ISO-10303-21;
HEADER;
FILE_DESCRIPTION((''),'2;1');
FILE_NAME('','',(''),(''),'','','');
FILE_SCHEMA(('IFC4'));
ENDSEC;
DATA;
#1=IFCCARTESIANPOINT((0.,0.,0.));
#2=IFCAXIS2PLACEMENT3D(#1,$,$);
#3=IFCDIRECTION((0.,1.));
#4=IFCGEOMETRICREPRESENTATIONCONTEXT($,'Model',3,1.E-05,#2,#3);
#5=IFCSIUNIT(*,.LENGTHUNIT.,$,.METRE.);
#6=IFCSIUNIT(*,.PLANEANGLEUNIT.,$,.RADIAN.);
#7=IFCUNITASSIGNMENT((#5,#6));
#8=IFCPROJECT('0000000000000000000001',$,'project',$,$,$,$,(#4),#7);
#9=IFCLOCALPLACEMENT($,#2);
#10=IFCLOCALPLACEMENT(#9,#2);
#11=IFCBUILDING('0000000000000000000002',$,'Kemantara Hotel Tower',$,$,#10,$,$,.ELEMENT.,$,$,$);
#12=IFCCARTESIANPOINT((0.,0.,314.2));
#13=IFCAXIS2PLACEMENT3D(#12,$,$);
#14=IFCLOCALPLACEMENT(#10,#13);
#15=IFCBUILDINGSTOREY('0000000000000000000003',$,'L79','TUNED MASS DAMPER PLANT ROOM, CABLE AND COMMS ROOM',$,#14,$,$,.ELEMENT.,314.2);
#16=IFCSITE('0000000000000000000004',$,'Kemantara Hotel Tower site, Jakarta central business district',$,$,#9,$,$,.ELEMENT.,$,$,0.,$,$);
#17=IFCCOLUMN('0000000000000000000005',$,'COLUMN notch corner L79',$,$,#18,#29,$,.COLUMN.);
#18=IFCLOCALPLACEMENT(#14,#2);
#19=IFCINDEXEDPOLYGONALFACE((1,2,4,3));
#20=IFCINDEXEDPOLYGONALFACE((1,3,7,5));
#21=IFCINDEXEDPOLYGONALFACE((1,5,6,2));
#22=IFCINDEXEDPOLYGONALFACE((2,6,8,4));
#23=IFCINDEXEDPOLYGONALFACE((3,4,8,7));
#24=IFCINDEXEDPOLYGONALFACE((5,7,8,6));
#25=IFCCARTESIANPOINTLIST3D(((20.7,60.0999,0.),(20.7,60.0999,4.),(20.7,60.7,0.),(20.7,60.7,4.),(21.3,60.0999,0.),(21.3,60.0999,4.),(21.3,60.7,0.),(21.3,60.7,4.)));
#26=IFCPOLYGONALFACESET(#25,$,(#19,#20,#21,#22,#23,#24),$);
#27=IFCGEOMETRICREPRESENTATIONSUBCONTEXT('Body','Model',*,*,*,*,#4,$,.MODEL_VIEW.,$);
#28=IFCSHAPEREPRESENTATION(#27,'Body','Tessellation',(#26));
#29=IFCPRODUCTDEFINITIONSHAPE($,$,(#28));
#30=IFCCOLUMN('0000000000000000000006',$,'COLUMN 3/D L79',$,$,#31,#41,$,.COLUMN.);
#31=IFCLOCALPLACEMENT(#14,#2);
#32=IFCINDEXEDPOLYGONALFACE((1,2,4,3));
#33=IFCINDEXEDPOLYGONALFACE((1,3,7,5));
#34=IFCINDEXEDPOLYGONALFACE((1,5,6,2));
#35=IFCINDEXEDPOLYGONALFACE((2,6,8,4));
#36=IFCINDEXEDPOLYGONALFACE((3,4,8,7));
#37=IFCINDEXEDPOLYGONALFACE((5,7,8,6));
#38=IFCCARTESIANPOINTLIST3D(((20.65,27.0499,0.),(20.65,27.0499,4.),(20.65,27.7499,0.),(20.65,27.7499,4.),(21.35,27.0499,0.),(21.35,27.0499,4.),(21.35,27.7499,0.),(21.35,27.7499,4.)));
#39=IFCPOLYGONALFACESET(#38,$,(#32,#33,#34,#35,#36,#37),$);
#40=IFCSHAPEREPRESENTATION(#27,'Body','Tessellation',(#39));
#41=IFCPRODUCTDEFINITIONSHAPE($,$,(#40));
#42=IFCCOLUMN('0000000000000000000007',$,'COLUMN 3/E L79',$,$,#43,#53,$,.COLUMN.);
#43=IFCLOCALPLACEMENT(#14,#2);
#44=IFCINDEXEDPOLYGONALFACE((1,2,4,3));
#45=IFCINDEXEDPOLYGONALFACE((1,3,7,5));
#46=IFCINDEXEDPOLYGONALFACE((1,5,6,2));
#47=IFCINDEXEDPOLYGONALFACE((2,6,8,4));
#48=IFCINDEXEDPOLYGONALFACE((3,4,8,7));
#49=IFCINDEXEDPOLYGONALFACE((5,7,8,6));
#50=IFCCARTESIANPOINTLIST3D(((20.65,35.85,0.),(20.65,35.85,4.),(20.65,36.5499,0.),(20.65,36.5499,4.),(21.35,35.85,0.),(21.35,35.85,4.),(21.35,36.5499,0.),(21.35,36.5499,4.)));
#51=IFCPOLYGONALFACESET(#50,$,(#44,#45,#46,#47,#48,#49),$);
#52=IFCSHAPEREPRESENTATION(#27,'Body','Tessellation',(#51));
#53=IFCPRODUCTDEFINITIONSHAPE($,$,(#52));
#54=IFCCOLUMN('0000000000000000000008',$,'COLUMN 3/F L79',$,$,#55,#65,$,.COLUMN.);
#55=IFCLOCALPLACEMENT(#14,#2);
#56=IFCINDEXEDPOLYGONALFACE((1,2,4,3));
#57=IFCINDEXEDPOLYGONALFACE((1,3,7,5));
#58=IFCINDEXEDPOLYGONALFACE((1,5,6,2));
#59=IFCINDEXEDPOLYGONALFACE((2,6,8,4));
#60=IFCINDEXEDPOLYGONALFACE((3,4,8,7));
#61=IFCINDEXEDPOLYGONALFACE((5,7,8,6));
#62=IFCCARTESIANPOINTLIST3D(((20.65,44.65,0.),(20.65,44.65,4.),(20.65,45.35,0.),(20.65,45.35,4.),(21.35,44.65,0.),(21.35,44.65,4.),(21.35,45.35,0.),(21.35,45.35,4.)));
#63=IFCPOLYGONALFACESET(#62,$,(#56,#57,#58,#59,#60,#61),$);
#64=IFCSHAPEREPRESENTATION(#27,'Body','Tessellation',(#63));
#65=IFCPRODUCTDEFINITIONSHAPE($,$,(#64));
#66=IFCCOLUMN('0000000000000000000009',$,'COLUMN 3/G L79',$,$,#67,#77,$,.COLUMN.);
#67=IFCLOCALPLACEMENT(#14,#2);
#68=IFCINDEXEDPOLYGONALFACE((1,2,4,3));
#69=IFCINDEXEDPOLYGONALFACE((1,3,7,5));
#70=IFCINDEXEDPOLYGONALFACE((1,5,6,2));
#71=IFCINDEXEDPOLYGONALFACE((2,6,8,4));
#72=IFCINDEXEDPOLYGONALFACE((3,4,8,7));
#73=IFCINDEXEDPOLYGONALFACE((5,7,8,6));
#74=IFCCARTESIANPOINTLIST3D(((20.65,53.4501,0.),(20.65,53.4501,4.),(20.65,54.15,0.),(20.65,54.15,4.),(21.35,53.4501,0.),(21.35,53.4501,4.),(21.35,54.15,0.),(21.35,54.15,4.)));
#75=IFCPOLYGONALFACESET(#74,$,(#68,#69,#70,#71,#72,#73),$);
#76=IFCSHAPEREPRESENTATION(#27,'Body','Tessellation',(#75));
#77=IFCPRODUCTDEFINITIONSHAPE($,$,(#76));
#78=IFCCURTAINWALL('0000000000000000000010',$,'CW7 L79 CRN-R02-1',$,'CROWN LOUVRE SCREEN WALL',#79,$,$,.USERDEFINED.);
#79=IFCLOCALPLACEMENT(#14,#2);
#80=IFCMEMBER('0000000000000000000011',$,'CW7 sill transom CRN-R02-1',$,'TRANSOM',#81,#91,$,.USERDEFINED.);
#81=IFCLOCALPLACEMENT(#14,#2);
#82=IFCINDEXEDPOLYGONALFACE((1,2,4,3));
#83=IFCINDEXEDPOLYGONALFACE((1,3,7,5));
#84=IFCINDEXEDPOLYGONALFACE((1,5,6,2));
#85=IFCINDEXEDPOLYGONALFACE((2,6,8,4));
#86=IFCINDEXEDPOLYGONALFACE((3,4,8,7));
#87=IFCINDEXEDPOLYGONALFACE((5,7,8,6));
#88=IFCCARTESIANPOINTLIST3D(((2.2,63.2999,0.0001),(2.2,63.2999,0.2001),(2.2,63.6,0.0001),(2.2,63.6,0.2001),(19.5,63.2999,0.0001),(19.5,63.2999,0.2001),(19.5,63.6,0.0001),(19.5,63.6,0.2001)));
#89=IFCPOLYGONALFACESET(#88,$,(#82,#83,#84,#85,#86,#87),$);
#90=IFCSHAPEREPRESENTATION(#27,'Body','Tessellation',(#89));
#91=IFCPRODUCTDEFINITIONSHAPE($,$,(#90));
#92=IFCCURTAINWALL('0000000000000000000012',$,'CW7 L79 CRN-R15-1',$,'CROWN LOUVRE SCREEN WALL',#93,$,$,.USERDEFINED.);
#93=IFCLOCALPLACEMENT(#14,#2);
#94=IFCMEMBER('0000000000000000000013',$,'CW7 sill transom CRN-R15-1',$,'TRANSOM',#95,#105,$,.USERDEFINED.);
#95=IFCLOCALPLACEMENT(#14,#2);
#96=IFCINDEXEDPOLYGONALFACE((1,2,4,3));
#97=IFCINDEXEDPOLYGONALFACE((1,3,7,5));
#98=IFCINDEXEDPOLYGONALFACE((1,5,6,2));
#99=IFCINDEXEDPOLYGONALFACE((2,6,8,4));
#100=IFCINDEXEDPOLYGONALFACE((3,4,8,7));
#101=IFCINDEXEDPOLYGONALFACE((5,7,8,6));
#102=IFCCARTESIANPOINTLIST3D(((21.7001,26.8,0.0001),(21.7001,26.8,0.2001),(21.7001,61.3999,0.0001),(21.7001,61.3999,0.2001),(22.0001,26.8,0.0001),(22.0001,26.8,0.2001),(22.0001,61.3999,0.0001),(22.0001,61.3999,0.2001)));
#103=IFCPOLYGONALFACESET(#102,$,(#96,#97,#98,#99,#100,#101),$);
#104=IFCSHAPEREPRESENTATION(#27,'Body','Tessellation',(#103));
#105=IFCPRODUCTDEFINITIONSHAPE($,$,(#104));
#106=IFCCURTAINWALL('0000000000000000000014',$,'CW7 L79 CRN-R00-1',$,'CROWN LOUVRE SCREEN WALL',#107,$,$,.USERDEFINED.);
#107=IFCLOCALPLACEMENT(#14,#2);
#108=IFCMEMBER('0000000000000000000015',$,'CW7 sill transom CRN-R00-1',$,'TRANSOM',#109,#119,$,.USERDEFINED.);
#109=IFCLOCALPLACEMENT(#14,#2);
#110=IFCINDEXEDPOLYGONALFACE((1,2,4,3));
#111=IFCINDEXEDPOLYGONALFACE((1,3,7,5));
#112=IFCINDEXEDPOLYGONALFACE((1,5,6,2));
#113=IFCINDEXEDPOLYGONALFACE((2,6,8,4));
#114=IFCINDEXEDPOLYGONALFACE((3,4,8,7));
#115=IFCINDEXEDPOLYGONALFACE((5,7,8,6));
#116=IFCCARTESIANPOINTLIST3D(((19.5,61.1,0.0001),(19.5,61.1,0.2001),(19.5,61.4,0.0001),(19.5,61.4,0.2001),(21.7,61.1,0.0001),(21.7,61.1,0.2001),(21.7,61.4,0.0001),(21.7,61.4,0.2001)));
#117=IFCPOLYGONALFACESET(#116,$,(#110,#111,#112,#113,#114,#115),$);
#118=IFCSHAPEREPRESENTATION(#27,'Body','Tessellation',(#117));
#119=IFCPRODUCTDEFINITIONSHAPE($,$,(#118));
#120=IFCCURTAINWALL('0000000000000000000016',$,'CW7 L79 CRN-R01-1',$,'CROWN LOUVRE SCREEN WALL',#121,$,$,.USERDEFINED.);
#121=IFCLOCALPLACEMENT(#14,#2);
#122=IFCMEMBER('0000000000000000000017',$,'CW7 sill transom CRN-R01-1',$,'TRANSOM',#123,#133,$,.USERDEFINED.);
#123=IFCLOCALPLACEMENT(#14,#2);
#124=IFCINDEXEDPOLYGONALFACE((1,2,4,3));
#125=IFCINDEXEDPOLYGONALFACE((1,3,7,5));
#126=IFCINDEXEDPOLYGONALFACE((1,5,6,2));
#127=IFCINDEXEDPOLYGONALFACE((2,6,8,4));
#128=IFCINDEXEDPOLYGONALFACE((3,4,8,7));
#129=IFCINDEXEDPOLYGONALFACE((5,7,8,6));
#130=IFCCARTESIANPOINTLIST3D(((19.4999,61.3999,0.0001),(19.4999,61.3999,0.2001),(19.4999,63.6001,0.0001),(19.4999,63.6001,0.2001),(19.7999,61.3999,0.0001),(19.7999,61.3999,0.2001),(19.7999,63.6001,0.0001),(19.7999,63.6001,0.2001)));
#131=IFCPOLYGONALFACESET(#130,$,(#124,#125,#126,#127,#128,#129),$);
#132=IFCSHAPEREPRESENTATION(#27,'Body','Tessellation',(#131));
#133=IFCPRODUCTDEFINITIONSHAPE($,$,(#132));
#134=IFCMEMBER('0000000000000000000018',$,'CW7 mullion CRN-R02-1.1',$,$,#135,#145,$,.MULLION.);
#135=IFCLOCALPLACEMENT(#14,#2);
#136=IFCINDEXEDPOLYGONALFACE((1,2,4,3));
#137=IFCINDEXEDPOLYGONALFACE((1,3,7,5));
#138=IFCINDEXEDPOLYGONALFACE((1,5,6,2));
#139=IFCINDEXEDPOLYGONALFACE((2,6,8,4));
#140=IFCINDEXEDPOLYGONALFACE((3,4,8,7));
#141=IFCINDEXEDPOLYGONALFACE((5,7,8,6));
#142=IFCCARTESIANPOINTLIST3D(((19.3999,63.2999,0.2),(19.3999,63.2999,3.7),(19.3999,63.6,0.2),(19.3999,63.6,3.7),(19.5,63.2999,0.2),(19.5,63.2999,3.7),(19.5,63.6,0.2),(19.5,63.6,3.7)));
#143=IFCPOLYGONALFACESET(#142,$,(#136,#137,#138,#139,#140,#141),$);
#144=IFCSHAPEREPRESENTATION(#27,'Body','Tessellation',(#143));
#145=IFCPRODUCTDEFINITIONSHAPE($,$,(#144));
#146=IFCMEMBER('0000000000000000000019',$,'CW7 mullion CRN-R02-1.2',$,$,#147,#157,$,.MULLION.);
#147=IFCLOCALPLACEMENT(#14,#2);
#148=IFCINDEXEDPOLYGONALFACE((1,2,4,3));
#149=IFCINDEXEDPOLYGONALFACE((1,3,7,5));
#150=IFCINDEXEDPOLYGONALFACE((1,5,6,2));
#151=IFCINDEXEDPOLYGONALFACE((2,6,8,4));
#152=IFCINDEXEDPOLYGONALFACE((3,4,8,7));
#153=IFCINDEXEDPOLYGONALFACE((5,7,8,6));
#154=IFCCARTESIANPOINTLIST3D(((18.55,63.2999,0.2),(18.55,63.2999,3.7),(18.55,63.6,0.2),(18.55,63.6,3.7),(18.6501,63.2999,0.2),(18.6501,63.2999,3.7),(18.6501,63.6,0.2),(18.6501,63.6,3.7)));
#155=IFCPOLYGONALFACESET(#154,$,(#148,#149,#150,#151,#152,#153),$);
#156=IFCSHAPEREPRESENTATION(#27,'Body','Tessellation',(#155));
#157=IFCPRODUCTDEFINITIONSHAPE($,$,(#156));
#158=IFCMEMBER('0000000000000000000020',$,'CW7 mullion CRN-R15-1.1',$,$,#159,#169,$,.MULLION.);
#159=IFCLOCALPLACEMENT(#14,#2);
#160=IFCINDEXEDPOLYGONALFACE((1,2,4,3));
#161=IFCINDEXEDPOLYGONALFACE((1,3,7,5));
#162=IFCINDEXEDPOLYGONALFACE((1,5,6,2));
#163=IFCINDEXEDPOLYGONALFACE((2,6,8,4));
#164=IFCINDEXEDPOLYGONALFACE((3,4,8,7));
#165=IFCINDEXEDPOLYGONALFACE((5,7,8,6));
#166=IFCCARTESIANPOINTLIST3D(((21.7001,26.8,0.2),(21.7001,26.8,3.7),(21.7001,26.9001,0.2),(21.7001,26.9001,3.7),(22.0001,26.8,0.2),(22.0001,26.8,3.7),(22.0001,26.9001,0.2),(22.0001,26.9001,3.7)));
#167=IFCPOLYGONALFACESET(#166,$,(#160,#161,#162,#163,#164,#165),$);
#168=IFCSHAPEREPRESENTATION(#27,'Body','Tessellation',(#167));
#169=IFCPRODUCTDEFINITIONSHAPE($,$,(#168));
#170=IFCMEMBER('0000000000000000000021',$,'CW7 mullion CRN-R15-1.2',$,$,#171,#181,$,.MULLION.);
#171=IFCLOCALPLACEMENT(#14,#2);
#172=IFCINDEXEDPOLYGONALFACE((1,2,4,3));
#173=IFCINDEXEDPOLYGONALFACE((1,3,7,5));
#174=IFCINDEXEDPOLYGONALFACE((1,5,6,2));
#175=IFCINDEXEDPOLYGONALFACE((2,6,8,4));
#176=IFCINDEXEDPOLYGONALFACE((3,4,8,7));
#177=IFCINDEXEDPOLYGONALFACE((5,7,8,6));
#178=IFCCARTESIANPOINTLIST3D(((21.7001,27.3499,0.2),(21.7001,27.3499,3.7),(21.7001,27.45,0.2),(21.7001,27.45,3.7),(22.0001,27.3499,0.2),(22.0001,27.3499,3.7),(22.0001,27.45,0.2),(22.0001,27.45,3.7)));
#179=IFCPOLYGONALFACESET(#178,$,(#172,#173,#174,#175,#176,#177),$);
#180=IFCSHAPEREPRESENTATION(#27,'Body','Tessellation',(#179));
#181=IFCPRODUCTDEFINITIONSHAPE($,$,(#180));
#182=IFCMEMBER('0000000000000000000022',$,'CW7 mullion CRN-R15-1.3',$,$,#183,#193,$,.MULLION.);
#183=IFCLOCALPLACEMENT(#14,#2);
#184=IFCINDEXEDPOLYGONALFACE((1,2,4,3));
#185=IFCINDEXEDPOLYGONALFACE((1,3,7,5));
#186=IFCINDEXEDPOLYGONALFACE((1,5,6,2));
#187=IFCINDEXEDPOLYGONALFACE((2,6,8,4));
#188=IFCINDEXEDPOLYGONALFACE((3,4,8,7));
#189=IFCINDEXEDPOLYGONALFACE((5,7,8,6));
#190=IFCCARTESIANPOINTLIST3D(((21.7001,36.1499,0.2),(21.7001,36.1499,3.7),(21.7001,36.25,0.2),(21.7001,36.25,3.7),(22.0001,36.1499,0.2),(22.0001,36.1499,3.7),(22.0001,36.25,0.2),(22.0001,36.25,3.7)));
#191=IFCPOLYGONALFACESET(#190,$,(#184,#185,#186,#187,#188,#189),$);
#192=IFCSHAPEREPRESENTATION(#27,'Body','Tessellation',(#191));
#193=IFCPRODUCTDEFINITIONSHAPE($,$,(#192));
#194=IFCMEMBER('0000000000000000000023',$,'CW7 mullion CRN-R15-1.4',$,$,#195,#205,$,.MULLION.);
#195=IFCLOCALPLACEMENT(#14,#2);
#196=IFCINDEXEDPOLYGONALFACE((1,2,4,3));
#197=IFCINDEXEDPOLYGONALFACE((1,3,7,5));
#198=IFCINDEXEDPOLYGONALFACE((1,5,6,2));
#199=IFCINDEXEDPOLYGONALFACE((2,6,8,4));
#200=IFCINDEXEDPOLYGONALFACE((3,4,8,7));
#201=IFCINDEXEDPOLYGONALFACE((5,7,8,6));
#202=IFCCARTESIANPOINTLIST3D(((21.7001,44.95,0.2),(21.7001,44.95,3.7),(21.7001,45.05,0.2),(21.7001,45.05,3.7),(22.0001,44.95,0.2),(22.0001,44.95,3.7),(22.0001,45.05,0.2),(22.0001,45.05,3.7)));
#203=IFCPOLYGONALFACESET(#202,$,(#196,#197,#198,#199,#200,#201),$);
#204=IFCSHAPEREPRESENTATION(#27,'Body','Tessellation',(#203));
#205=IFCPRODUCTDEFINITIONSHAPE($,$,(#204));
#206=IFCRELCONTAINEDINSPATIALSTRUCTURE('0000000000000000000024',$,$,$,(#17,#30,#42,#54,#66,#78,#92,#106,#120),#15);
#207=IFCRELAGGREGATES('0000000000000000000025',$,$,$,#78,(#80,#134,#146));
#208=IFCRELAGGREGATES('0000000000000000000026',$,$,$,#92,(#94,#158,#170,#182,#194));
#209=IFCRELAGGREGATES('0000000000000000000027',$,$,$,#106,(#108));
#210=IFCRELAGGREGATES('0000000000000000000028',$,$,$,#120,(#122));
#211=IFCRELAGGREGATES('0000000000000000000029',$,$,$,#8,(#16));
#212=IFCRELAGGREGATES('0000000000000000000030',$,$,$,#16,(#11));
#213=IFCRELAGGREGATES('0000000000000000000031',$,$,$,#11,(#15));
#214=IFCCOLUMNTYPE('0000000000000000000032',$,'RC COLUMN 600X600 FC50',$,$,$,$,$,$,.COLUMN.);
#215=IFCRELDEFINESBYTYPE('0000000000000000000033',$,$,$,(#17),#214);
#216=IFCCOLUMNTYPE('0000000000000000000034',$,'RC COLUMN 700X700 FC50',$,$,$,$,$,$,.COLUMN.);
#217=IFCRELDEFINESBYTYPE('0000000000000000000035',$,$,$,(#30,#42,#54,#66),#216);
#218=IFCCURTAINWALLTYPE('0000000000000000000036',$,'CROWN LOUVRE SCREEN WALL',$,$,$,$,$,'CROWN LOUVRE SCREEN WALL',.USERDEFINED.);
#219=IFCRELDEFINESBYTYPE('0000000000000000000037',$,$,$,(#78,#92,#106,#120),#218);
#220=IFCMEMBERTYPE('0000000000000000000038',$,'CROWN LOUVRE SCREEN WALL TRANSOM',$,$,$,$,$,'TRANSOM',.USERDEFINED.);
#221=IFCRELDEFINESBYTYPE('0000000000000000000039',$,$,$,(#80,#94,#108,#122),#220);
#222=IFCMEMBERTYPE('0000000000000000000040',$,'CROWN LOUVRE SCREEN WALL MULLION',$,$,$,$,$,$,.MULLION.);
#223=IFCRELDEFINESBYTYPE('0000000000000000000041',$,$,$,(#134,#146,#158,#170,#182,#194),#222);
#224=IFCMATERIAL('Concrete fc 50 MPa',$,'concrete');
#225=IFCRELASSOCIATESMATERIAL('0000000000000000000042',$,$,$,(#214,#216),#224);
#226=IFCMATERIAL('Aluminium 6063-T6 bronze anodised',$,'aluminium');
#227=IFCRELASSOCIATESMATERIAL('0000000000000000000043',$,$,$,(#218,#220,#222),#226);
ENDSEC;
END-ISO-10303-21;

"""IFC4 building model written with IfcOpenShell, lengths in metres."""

from ifc_helpers import new_model, si_unit, direction, frame, origin, origin_2d, place, context, subcontext, project, spatial, rectangle, extrude, source, transform, mapped, material, material_profile, profile_set, type_object, element, aggregate, save


model = new_model("IFC4")

# Units and contexts
model_context = context("Model", 3, precision=1e-05, world=origin(), true_north=direction((0.0, 1.0)))
body_context = subcontext(model_context, "Body", "Model", "MODEL_VIEW")
ifc_project = project(units=[si_unit("LENGTHUNIT", "METRE"), si_unit("PLANEANGLEUNIT", "RADIAN")], contexts=[model_context])

# Site, building, storey
site_placement = place(None, origin())
site = spatial("IfcSite", under=ifc_project, at=site_placement, Name="Kemantara Hotel Tower site, Jakarta central business district", CompositionType="ELEMENT", RefElevation=0.0)
building_placement = place(site_placement, origin())
building = spatial("IfcBuilding", under=site, at=building_placement, Name="Kemantara Hotel Tower", CompositionType="ELEMENT")
storey_placement = place(building_placement, frame((0.0, 0.0, 314.2)))
storey = spatial("IfcBuildingStorey", under=building, at=storey_placement, Name="L79", Description="TUNED MASS DAMPER PLANT ROOM, CABLE AND COMMS ROOM", CompositionType="ELEMENT", Elevation=314.2)

# Columns
ifc_material_1 = material(Name="Concrete fc 50 MPa", Category="concrete")
ifc_material_profile_1 = material_profile(ifc_material_1, rectangle(XDim=0.6001, YDim=0.6001, at=origin_2d()), Name="RC 600X600")
ifc_profile_set_1 = profile_set([ifc_material_profile_1], Name="Concrete fc 50 MPa")
column_type_1 = type_object("IfcColumnType", Name="RC COLUMN 600X600 FC50", PredefinedType="COLUMN", material=ifc_profile_set_1)
column_placement = place(storey_placement, frame((21.0, 60.3999, 0.0), z_axis=(0.0, 0.0, 1.0), x_axis=(1.0, 0.0, 0.0)))
element("IfcColumn", 1, at=column_placement, inside=storey, type_object=column_type_1, Name="COLUMN notch corner L79", PredefinedType="COLUMN", context=body_context, shape_type="SweptSolid", body=[
    extrude(rectangle(XDim=0.6001, YDim=0.6001, at=origin_2d()), origin(), (0.0, 0.0, 1.0), 4.0),
])
ifc_material_profile_2 = material_profile(ifc_material_1, rectangle(XDim=0.7, YDim=0.7, at=origin_2d()), Name="RC 700X700")
ifc_profile_set_2 = profile_set([ifc_material_profile_2], Name="Concrete fc 50 MPa")
column_type_2 = type_object("IfcColumnType", Name="RC COLUMN 700X700 FC50", PredefinedType="COLUMN", material=ifc_profile_set_2)
for number, where, z_axis, x_axis, name in (
    (2, (21.0, 27.3999, 0.0), (0.0, 0.0, 1.0), (1.0, 0.0, 0.0), "COLUMN 3/D L79"),
    (3, (21.0, 36.2, 0.0), (0.0, 0.0, 1.0), (1.0, 0.0, 0.0), "COLUMN 3/E L79"),
    (4, (21.0, 45.0, 0.0), (0.0, 0.0, 1.0), (1.0, 0.0, 0.0), "COLUMN 3/F L79"),
    (5, (21.0, 53.8, 0.0), (0.0, 0.0, 1.0), (1.0, 0.0, 0.0), "COLUMN 3/G L79"),
):
    element("IfcColumn", number, at=place(storey_placement, frame(where, z_axis=z_axis, x_axis=x_axis)), inside=storey, type_object=column_type_2, Name=name, PredefinedType="COLUMN", context=body_context, shape_type="SweptSolid", body=[
        extrude(rectangle(XDim=0.7, YDim=0.7, at=origin_2d()), origin(), (0.0, 0.0, 1.0), 4.0),
    ])

# Curtain walls, members
ifc_material_2 = material(Name="Aluminium 6063-T6 bronze anodised", Category="aluminium")
curtain_wall_type = type_object("IfcCurtainWallType", Name="CROWN LOUVRE SCREEN WALL", ElementType="CROWN LOUVRE SCREEN WALL", PredefinedType="USERDEFINED", material=ifc_material_2)
curtain_wall_1_placement = place(storey_placement, origin())
curtain_wall_1 = element("IfcCurtainWall", 6, at=curtain_wall_1_placement, inside=storey, type_object=curtain_wall_type, Name="CW7 L79 CRN-R02-1", ObjectType="CROWN LOUVRE SCREEN WALL", PredefinedType="USERDEFINED")
ifc_material_profile_3 = material_profile(ifc_material_2, rectangle(XDim=0.3, YDim=0.2, at=origin_2d()), Name="CROWN LOUVRE SCREEN WALL TRANSOM")
ifc_profile_set_3 = profile_set([ifc_material_profile_3], Name="Aluminium 6063-T6 bronze anodised")
member_type_1 = type_object("IfcMemberType", Name="CROWN LOUVRE SCREEN WALL TRANSOM", ElementType="TRANSOM", PredefinedType="USERDEFINED", material=ifc_profile_set_3)
member_1_placement = place(storey_placement, frame((19.5, 63.45, 0.1001), z_axis=(-1.0, 0.0, 0.0), x_axis=(0.0, -1.0, 0.0)))
member_1 = element("IfcMember", 7, at=member_1_placement, type_object=member_type_1, Name="CW7 sill transom CRN-R02-1", ObjectType="TRANSOM", PredefinedType="USERDEFINED", context=body_context, shape_type="SweptSolid", body=[
    extrude(rectangle(XDim=0.3, YDim=0.2, at=origin_2d()), origin(), (0.0, 0.0, 1.0), 17.3),
])
curtain_wall_2_placement = place(storey_placement, origin())
curtain_wall_2 = element("IfcCurtainWall", 8, at=curtain_wall_2_placement, inside=storey, type_object=curtain_wall_type, Name="CW7 L79 CRN-R15-1", ObjectType="CROWN LOUVRE SCREEN WALL", PredefinedType="USERDEFINED")
member_2_placement = place(storey_placement, frame((21.8501, 26.8, 0.1001), z_axis=(0.0, 1.0, 0.0), x_axis=(-1.0, 0.0, 0.0)))
member_2 = element("IfcMember", 9, at=member_2_placement, type_object=member_type_1, Name="CW7 sill transom CRN-R15-1", ObjectType="TRANSOM", PredefinedType="USERDEFINED", context=body_context, shape_type="SweptSolid", body=[
    extrude(rectangle(XDim=0.3, YDim=0.2, at=origin_2d()), origin(), (0.0, 0.0, 1.0), 34.5999),
])
curtain_wall_3_placement = place(storey_placement, origin())
curtain_wall_3 = element("IfcCurtainWall", 10, at=curtain_wall_3_placement, inside=storey, type_object=curtain_wall_type, Name="CW7 L79 CRN-R00-1", ObjectType="CROWN LOUVRE SCREEN WALL", PredefinedType="USERDEFINED")
member_3_placement = place(storey_placement, frame((21.7, 61.25, 0.1001), z_axis=(-1.0, 0.0, 0.0), x_axis=(0.0, -1.0, 0.0)))
member_3 = element("IfcMember", 11, at=member_3_placement, type_object=member_type_1, Name="CW7 sill transom CRN-R00-1", ObjectType="TRANSOM", PredefinedType="USERDEFINED", context=body_context, shape_type="SweptSolid", body=[
    extrude(rectangle(XDim=0.3, YDim=0.2, at=origin_2d()), origin(), (0.0, 0.0, 1.0), 2.2),
])
curtain_wall_4_placement = place(storey_placement, origin())
curtain_wall_4 = element("IfcCurtainWall", 12, at=curtain_wall_4_placement, inside=storey, type_object=curtain_wall_type, Name="CW7 L79 CRN-R01-1", ObjectType="CROWN LOUVRE SCREEN WALL", PredefinedType="USERDEFINED")
member_4_placement = place(storey_placement, frame((19.6499, 61.3999, 0.1001), z_axis=(0.0, 1.0, 0.0), x_axis=(-1.0, 0.0, 0.0)))
member_4 = element("IfcMember", 13, at=member_4_placement, type_object=member_type_1, Name="CW7 sill transom CRN-R01-1", ObjectType="TRANSOM", PredefinedType="USERDEFINED", context=body_context, shape_type="SweptSolid", body=[
    extrude(rectangle(XDim=0.3, YDim=0.2, at=origin_2d()), origin(), (0.0, 0.0, 1.0), 2.2002),
])

# Members
ifc_material_profile_4 = material_profile(ifc_material_2, rectangle(XDim=0.3, YDim=0.1001, at=origin_2d()), Name="CROWN LOUVRE SCREEN WALL MULLION")
ifc_profile_set_4 = profile_set([ifc_material_profile_4], Name="Aluminium 6063-T6 bronze anodised")
member_type_2 = type_object("IfcMemberType", Name="CROWN LOUVRE SCREEN WALL MULLION", PredefinedType="MULLION", material=ifc_profile_set_4)
shared_shape_1 = source(origin(), body_context, "Body", "SweptSolid", [
    extrude(rectangle(XDim=0.3, YDim=0.1001, at=origin_2d()), origin(), (0.0, 0.0, 1.0), 3.5),
])
member_5_placement = place(storey_placement, frame((19.45, 63.45, 0.2), z_axis=(0.0, 0.0, 1.0), x_axis=(0.0, -1.0, 0.0)))
member_5 = element("IfcMember", 14, at=member_5_placement, type_object=member_type_2, Name="CW7 mullion CRN-R02-1.1", PredefinedType="MULLION", context=body_context, shape_type="MappedRepresentation", body=[
    mapped(shared_shape_1, transform((0.0, 0.0, 0.0))),
])
member_6_placement = place(storey_placement, frame((18.6001, 63.45, 0.2), z_axis=(0.0, 0.0, 1.0), x_axis=(0.0, -1.0, 0.0)))
member_6 = element("IfcMember", 15, at=member_6_placement, type_object=member_type_2, Name="CW7 mullion CRN-R02-1.2", PredefinedType="MULLION", context=body_context, shape_type="MappedRepresentation", body=[
    mapped(shared_shape_1, transform((0.0, 0.0, 0.0))),
])
member_7_placement = place(storey_placement, frame((21.8501, 26.8501, 0.2), z_axis=(0.0, 0.0, 1.0), x_axis=(-1.0, 0.0, 0.0)))
member_7 = element("IfcMember", 16, at=member_7_placement, type_object=member_type_2, Name="CW7 mullion CRN-R15-1.1", PredefinedType="MULLION", context=body_context, shape_type="MappedRepresentation", body=[
    mapped(shared_shape_1, transform((0.0, 0.0, 0.0))),
])
member_8_placement = place(storey_placement, frame((21.8501, 27.3999, 0.2), z_axis=(0.0, 0.0, 1.0), x_axis=(-1.0, 0.0, 0.0)))
member_8 = element("IfcMember", 17, at=member_8_placement, type_object=member_type_2, Name="CW7 mullion CRN-R15-1.2", PredefinedType="MULLION", context=body_context, shape_type="MappedRepresentation", body=[
    mapped(shared_shape_1, transform((0.0, 0.0, 0.0))),
])
member_9_placement = place(storey_placement, frame((21.8501, 36.2, 0.2), z_axis=(0.0, 0.0, 1.0), x_axis=(-1.0, 0.0, 0.0)))
member_9 = element("IfcMember", 18, at=member_9_placement, type_object=member_type_2, Name="CW7 mullion CRN-R15-1.3", PredefinedType="MULLION", context=body_context, shape_type="MappedRepresentation", body=[
    mapped(shared_shape_1, transform((0.0, 0.0, 0.0))),
])
member_10_placement = place(storey_placement, frame((21.8501, 45.0, 0.2), z_axis=(0.0, 0.0, 1.0), x_axis=(-1.0, 0.0, 0.0)))
member_10 = element("IfcMember", 19, at=member_10_placement, type_object=member_type_2, Name="CW7 mullion CRN-R15-1.4", PredefinedType="MULLION", context=body_context, shape_type="MappedRepresentation", body=[
    mapped(shared_shape_1, transform((0.0, 0.0, 0.0))),
])

aggregate(curtain_wall_1, [member_1, member_5, member_6])
aggregate(curtain_wall_2, [member_2, member_7, member_8, member_9, member_10])
aggregate(curtain_wall_3, [member_3])
aggregate(curtain_wall_4, [member_4])

save(model, "model.ifc")
